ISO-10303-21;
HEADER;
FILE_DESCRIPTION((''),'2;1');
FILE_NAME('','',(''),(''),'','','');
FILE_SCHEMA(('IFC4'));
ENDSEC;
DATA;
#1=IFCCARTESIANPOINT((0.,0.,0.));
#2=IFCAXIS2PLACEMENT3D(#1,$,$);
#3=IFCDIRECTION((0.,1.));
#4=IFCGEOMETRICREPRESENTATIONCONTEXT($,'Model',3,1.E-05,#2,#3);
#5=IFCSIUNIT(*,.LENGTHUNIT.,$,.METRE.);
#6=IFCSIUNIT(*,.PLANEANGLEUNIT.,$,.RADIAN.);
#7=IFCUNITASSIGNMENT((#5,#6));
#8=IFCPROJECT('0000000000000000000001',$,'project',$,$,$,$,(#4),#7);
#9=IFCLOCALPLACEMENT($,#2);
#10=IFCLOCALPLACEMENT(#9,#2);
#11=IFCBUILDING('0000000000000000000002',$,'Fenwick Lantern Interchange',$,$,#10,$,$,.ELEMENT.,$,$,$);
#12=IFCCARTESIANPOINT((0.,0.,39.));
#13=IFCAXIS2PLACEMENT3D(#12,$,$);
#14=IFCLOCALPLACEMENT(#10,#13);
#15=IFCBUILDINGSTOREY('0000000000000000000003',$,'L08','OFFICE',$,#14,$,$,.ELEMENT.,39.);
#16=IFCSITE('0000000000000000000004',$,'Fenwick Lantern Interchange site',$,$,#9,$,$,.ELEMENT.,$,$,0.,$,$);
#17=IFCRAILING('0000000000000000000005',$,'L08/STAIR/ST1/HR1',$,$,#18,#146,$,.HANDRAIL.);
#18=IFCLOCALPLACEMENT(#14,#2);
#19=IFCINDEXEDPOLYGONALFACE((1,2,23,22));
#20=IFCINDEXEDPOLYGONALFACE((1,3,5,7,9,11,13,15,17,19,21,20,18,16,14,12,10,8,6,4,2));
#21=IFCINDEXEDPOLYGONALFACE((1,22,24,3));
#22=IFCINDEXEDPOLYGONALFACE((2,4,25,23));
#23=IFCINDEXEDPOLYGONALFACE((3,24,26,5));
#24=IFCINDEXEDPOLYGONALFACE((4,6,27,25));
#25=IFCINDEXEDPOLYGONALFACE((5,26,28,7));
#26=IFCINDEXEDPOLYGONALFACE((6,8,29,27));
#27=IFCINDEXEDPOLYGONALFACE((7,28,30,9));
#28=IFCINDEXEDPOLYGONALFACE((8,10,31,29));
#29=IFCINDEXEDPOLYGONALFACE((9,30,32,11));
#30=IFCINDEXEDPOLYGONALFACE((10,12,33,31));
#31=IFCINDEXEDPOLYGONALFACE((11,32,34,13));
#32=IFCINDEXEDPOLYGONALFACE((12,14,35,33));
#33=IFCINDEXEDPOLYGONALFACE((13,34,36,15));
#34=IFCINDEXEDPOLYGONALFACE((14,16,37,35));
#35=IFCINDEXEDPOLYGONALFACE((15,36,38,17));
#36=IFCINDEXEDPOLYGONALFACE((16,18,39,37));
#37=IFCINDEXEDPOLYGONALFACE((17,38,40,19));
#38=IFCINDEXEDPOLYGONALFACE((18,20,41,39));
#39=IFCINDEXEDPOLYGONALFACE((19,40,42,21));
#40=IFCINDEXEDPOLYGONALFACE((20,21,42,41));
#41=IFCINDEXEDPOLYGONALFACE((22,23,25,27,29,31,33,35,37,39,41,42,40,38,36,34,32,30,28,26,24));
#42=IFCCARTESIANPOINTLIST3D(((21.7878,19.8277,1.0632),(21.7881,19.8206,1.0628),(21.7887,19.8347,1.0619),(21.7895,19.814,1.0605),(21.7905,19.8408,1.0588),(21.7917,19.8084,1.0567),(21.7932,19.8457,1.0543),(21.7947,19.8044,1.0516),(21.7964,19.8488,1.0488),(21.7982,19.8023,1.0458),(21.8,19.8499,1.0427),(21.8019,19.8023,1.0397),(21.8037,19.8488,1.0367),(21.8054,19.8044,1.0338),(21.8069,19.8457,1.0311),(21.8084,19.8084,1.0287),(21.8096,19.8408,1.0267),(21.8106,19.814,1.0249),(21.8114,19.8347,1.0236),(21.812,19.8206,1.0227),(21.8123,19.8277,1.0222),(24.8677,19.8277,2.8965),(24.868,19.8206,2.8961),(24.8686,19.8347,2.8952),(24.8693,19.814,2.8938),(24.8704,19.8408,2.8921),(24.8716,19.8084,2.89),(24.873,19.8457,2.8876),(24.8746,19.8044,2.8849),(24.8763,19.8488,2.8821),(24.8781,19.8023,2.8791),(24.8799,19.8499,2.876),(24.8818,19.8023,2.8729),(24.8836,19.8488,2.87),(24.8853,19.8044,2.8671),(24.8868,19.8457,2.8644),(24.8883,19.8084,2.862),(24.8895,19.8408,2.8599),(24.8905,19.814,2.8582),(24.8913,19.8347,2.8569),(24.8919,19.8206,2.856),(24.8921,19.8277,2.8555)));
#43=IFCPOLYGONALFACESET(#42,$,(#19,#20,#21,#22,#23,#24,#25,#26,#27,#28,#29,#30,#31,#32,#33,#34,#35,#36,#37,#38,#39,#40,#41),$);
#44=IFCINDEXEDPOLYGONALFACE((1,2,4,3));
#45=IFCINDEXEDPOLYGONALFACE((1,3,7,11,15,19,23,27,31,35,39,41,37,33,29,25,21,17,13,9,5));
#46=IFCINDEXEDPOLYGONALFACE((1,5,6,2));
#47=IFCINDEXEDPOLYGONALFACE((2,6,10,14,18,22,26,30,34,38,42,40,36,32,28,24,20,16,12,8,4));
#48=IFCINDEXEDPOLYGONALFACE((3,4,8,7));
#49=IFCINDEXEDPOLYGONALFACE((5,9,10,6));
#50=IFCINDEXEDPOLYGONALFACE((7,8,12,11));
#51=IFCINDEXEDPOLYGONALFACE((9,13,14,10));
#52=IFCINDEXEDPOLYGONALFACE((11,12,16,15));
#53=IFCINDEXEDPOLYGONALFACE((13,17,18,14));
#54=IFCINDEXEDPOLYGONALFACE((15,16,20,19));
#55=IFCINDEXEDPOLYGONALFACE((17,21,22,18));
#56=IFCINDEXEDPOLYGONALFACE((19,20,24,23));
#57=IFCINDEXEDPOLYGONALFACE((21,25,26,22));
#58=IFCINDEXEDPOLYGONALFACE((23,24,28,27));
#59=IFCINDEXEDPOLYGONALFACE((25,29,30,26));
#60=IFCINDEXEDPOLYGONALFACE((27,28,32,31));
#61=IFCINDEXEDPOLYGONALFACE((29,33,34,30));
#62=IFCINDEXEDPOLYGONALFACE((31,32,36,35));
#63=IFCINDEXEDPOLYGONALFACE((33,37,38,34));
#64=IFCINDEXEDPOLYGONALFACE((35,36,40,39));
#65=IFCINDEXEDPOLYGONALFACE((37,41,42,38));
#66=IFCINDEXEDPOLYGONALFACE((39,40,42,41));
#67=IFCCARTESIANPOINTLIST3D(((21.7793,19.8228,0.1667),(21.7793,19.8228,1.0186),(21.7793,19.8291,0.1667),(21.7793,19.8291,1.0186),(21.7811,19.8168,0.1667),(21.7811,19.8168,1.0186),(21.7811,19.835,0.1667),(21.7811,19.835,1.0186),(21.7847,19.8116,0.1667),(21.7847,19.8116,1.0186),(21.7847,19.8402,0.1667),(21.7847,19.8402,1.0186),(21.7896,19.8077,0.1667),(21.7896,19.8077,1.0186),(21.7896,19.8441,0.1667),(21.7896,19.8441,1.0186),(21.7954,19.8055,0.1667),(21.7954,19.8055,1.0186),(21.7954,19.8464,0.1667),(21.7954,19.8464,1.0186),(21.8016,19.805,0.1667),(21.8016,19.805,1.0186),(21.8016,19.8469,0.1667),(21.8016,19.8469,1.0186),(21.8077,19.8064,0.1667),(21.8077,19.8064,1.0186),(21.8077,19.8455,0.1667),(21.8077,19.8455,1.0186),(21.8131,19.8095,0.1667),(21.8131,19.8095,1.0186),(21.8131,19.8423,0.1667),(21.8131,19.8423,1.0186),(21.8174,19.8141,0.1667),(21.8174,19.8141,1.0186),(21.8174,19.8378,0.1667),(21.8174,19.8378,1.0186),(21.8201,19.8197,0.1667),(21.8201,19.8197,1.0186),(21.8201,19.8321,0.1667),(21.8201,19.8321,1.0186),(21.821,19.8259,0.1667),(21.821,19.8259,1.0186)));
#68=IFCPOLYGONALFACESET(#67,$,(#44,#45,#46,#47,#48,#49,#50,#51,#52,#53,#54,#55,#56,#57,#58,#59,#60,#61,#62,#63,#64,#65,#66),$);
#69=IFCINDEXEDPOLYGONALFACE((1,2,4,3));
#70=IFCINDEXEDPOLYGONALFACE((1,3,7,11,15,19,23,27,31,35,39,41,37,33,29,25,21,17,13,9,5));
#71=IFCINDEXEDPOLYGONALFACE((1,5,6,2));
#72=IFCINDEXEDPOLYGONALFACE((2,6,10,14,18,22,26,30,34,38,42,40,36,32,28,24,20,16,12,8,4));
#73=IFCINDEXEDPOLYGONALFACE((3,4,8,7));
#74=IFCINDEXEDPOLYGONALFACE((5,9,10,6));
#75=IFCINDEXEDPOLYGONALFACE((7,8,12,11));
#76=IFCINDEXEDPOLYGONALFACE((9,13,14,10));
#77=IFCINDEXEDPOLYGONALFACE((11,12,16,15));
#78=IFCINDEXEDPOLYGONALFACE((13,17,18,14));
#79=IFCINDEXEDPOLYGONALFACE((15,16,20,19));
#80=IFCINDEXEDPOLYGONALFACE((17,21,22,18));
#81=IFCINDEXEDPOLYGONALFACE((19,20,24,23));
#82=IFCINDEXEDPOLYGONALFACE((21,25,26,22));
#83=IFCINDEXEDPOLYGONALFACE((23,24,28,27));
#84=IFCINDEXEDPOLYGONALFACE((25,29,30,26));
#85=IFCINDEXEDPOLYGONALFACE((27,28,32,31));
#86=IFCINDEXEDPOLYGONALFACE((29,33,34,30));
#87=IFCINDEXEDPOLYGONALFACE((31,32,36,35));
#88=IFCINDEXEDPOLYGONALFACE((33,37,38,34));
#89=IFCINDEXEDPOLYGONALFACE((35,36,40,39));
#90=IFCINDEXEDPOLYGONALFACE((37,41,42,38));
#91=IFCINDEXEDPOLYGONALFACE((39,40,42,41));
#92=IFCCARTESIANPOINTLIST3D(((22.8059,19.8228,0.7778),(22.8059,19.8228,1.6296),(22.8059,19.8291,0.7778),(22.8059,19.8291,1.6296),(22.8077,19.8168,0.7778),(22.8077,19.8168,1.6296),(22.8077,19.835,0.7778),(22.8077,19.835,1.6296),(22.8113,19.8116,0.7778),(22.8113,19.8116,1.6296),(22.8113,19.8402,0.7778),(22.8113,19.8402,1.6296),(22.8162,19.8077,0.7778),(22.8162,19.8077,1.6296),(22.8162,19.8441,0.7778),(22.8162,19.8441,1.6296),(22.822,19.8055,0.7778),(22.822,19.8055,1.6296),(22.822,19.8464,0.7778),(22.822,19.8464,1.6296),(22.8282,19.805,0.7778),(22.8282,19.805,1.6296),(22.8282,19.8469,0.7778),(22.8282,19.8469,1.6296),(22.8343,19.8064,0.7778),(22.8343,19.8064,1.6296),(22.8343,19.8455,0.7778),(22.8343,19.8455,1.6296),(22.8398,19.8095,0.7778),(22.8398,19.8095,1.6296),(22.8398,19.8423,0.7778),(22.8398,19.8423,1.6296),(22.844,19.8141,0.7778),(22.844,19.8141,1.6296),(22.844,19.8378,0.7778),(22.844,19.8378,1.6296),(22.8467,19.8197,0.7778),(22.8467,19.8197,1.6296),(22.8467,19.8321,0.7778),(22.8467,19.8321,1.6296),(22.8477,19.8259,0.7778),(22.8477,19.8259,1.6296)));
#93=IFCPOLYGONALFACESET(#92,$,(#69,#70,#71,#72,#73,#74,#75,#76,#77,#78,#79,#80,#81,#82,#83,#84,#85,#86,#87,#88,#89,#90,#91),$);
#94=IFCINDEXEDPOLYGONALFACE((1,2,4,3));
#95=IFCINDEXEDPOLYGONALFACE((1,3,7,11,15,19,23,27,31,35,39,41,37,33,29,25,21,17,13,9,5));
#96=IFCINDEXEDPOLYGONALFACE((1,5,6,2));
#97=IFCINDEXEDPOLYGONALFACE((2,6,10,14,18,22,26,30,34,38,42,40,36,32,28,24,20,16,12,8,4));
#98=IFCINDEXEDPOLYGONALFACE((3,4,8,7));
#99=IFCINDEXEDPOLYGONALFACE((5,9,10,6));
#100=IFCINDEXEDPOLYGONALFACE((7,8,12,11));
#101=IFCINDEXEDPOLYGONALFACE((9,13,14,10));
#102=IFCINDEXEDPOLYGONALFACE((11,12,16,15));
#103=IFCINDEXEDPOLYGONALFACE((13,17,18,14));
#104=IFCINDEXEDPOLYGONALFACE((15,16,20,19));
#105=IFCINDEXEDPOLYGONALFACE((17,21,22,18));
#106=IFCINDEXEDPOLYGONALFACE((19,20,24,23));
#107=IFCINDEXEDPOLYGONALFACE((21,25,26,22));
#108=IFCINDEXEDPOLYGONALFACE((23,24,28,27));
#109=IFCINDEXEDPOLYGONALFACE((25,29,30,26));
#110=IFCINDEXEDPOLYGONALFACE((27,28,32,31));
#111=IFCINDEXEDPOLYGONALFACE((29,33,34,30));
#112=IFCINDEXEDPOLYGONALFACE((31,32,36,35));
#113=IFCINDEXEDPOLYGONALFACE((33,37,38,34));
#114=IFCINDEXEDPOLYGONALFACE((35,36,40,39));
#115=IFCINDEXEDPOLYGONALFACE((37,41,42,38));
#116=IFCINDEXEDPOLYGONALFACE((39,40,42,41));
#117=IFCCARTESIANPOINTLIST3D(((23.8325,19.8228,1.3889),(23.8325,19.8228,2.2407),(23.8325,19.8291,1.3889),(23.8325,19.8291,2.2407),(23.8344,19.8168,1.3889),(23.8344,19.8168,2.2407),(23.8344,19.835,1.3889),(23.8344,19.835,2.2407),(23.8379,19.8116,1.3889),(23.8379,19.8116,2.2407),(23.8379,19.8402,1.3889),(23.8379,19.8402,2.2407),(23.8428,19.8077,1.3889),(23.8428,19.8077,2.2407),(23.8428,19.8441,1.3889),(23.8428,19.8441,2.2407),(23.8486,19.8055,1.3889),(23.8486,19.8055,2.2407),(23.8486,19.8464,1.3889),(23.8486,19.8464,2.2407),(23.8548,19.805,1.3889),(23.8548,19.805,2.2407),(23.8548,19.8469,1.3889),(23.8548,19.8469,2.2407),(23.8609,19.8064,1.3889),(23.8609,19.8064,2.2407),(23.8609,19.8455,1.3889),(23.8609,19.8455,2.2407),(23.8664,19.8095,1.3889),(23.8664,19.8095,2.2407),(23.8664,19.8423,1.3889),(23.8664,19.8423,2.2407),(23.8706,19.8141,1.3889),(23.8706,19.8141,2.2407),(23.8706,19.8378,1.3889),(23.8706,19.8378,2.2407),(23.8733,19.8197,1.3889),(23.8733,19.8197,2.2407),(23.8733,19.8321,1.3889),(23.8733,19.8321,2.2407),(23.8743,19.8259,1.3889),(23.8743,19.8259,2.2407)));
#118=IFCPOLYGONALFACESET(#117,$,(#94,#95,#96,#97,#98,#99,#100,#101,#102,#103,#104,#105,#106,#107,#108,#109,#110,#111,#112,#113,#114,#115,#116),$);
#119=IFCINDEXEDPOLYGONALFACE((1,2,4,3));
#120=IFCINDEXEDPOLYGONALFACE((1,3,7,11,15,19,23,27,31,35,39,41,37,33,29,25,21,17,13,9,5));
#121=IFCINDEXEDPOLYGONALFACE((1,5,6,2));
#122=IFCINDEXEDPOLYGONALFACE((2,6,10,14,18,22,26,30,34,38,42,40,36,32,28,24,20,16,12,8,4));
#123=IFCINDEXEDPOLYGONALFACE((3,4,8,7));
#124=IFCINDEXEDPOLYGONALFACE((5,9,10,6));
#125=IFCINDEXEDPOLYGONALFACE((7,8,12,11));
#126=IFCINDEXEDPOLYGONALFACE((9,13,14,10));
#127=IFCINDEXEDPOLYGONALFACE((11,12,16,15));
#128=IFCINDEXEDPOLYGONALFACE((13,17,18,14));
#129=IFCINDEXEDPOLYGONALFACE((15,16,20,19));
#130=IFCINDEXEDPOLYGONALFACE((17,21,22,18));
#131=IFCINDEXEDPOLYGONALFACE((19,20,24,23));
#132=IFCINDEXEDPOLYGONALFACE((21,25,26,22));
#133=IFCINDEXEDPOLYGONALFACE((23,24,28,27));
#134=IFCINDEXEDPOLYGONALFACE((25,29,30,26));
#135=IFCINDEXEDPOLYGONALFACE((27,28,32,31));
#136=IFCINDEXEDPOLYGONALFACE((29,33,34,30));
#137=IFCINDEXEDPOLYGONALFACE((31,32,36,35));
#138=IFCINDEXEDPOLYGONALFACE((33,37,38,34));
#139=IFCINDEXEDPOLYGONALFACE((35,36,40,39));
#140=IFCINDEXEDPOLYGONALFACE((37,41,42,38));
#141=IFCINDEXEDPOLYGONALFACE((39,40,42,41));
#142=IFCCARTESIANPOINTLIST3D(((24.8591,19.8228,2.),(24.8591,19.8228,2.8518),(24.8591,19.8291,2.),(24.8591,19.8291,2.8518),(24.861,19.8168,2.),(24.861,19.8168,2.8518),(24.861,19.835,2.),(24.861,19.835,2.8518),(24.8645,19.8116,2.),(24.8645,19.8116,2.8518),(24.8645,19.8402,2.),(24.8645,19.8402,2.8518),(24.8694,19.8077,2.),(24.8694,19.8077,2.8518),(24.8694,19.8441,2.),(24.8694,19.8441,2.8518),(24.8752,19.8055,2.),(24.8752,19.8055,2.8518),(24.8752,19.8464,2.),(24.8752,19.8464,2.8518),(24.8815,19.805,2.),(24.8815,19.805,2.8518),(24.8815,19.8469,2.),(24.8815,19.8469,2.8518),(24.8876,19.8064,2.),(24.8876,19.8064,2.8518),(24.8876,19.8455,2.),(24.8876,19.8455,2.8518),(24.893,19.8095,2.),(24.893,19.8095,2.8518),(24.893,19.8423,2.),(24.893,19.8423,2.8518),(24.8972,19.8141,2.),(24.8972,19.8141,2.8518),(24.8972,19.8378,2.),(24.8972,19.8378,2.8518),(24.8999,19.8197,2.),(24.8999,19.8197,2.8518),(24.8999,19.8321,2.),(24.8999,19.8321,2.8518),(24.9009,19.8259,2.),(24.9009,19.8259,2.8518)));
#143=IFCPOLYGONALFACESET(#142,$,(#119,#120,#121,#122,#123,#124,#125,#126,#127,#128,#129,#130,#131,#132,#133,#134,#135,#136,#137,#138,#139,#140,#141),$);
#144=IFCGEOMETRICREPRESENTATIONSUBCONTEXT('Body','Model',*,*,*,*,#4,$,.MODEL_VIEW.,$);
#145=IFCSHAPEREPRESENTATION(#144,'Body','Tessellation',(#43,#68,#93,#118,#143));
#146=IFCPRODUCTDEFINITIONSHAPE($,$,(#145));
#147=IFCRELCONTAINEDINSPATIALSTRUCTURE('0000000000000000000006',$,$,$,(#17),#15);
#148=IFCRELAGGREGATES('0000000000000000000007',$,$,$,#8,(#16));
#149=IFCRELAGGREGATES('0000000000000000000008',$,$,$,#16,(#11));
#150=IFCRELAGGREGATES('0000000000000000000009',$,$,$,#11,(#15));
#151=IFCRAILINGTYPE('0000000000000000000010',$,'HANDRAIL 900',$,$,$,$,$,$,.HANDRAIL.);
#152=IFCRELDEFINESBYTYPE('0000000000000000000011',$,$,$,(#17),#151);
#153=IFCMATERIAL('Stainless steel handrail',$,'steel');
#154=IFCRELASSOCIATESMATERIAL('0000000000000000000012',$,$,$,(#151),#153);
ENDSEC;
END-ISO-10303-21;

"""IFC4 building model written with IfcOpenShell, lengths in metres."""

from ifc_helpers import new_model, si_unit, direction, frame, origin, origin_2d, place, context, subcontext, project, spatial, circle, extrude, material, type_object, element, save


model = new_model("IFC4")

# Units and contexts
model_context = context("Model", 3, precision=1e-05, world=origin(), true_north=direction((0.0, 1.0)))
body_context = subcontext(model_context, "Body", "Model", "MODEL_VIEW")
ifc_project = project(units=[si_unit("LENGTHUNIT", "METRE"), si_unit("PLANEANGLEUNIT", "RADIAN")], contexts=[model_context])

# Site, building, storey
site_placement = place(None, origin())
site = spatial("IfcSite", under=ifc_project, at=site_placement, Name="Fenwick Lantern Interchange site", CompositionType="ELEMENT", RefElevation=0.0)
building_placement = place(site_placement, origin())
building = spatial("IfcBuilding", under=site, at=building_placement, Name="Fenwick Lantern Interchange", CompositionType="ELEMENT")
storey_placement = place(building_placement, frame((0.0, 0.0, 39.0)))
storey = spatial("IfcBuildingStorey", under=building, at=storey_placement, Name="L08", Description="OFFICE", CompositionType="ELEMENT", Elevation=39.0)

# Railing
ifc_material_1 = material(Name="Stainless steel handrail", Category="steel")
railing_type = type_object("IfcRailingType", Name="HANDRAIL 900", PredefinedType="HANDRAIL", material=ifc_material_1)
railing_1_placement = place(storey_placement, frame((21.8, 19.8259, 0.1667)))
element("IfcRailing", 1, at=railing_1_placement, inside=storey, type_object=railing_type, Name="L08/STAIR/ST1/HR1", PredefinedType="HANDRAIL", context=body_context, shape_type="SweptSolid", body=[
    extrude(circle(Radius=0.0239, at=origin_2d()), frame((0.0, 0.0, 0.876), z_axis=(0.859291, 0.0, 0.511487), x_axis=(0.0, 1.0, 0.0)), (0.0, 0.0, 1.0), 3.5842),
    extrude(circle(Radius=0.021, at=origin_2d()), origin(), (0.0, 0.0, 1.0), 0.8518),
    extrude(circle(Radius=0.021, at=origin_2d()), frame((1.0266, 0.0, 0.6111)), (0.0, 0.0, 1.0), 0.8518),
    extrude(circle(Radius=0.021, at=origin_2d()), frame((2.0532, 0.0, 1.2222)), (0.0, 0.0, 1.0), 0.8518),
    extrude(circle(Radius=0.021, at=origin_2d()), frame((3.0798, 0.0, 1.8333)), (0.0, 0.0, 1.0), 0.8518),
])

save(model, "model.ifc")
